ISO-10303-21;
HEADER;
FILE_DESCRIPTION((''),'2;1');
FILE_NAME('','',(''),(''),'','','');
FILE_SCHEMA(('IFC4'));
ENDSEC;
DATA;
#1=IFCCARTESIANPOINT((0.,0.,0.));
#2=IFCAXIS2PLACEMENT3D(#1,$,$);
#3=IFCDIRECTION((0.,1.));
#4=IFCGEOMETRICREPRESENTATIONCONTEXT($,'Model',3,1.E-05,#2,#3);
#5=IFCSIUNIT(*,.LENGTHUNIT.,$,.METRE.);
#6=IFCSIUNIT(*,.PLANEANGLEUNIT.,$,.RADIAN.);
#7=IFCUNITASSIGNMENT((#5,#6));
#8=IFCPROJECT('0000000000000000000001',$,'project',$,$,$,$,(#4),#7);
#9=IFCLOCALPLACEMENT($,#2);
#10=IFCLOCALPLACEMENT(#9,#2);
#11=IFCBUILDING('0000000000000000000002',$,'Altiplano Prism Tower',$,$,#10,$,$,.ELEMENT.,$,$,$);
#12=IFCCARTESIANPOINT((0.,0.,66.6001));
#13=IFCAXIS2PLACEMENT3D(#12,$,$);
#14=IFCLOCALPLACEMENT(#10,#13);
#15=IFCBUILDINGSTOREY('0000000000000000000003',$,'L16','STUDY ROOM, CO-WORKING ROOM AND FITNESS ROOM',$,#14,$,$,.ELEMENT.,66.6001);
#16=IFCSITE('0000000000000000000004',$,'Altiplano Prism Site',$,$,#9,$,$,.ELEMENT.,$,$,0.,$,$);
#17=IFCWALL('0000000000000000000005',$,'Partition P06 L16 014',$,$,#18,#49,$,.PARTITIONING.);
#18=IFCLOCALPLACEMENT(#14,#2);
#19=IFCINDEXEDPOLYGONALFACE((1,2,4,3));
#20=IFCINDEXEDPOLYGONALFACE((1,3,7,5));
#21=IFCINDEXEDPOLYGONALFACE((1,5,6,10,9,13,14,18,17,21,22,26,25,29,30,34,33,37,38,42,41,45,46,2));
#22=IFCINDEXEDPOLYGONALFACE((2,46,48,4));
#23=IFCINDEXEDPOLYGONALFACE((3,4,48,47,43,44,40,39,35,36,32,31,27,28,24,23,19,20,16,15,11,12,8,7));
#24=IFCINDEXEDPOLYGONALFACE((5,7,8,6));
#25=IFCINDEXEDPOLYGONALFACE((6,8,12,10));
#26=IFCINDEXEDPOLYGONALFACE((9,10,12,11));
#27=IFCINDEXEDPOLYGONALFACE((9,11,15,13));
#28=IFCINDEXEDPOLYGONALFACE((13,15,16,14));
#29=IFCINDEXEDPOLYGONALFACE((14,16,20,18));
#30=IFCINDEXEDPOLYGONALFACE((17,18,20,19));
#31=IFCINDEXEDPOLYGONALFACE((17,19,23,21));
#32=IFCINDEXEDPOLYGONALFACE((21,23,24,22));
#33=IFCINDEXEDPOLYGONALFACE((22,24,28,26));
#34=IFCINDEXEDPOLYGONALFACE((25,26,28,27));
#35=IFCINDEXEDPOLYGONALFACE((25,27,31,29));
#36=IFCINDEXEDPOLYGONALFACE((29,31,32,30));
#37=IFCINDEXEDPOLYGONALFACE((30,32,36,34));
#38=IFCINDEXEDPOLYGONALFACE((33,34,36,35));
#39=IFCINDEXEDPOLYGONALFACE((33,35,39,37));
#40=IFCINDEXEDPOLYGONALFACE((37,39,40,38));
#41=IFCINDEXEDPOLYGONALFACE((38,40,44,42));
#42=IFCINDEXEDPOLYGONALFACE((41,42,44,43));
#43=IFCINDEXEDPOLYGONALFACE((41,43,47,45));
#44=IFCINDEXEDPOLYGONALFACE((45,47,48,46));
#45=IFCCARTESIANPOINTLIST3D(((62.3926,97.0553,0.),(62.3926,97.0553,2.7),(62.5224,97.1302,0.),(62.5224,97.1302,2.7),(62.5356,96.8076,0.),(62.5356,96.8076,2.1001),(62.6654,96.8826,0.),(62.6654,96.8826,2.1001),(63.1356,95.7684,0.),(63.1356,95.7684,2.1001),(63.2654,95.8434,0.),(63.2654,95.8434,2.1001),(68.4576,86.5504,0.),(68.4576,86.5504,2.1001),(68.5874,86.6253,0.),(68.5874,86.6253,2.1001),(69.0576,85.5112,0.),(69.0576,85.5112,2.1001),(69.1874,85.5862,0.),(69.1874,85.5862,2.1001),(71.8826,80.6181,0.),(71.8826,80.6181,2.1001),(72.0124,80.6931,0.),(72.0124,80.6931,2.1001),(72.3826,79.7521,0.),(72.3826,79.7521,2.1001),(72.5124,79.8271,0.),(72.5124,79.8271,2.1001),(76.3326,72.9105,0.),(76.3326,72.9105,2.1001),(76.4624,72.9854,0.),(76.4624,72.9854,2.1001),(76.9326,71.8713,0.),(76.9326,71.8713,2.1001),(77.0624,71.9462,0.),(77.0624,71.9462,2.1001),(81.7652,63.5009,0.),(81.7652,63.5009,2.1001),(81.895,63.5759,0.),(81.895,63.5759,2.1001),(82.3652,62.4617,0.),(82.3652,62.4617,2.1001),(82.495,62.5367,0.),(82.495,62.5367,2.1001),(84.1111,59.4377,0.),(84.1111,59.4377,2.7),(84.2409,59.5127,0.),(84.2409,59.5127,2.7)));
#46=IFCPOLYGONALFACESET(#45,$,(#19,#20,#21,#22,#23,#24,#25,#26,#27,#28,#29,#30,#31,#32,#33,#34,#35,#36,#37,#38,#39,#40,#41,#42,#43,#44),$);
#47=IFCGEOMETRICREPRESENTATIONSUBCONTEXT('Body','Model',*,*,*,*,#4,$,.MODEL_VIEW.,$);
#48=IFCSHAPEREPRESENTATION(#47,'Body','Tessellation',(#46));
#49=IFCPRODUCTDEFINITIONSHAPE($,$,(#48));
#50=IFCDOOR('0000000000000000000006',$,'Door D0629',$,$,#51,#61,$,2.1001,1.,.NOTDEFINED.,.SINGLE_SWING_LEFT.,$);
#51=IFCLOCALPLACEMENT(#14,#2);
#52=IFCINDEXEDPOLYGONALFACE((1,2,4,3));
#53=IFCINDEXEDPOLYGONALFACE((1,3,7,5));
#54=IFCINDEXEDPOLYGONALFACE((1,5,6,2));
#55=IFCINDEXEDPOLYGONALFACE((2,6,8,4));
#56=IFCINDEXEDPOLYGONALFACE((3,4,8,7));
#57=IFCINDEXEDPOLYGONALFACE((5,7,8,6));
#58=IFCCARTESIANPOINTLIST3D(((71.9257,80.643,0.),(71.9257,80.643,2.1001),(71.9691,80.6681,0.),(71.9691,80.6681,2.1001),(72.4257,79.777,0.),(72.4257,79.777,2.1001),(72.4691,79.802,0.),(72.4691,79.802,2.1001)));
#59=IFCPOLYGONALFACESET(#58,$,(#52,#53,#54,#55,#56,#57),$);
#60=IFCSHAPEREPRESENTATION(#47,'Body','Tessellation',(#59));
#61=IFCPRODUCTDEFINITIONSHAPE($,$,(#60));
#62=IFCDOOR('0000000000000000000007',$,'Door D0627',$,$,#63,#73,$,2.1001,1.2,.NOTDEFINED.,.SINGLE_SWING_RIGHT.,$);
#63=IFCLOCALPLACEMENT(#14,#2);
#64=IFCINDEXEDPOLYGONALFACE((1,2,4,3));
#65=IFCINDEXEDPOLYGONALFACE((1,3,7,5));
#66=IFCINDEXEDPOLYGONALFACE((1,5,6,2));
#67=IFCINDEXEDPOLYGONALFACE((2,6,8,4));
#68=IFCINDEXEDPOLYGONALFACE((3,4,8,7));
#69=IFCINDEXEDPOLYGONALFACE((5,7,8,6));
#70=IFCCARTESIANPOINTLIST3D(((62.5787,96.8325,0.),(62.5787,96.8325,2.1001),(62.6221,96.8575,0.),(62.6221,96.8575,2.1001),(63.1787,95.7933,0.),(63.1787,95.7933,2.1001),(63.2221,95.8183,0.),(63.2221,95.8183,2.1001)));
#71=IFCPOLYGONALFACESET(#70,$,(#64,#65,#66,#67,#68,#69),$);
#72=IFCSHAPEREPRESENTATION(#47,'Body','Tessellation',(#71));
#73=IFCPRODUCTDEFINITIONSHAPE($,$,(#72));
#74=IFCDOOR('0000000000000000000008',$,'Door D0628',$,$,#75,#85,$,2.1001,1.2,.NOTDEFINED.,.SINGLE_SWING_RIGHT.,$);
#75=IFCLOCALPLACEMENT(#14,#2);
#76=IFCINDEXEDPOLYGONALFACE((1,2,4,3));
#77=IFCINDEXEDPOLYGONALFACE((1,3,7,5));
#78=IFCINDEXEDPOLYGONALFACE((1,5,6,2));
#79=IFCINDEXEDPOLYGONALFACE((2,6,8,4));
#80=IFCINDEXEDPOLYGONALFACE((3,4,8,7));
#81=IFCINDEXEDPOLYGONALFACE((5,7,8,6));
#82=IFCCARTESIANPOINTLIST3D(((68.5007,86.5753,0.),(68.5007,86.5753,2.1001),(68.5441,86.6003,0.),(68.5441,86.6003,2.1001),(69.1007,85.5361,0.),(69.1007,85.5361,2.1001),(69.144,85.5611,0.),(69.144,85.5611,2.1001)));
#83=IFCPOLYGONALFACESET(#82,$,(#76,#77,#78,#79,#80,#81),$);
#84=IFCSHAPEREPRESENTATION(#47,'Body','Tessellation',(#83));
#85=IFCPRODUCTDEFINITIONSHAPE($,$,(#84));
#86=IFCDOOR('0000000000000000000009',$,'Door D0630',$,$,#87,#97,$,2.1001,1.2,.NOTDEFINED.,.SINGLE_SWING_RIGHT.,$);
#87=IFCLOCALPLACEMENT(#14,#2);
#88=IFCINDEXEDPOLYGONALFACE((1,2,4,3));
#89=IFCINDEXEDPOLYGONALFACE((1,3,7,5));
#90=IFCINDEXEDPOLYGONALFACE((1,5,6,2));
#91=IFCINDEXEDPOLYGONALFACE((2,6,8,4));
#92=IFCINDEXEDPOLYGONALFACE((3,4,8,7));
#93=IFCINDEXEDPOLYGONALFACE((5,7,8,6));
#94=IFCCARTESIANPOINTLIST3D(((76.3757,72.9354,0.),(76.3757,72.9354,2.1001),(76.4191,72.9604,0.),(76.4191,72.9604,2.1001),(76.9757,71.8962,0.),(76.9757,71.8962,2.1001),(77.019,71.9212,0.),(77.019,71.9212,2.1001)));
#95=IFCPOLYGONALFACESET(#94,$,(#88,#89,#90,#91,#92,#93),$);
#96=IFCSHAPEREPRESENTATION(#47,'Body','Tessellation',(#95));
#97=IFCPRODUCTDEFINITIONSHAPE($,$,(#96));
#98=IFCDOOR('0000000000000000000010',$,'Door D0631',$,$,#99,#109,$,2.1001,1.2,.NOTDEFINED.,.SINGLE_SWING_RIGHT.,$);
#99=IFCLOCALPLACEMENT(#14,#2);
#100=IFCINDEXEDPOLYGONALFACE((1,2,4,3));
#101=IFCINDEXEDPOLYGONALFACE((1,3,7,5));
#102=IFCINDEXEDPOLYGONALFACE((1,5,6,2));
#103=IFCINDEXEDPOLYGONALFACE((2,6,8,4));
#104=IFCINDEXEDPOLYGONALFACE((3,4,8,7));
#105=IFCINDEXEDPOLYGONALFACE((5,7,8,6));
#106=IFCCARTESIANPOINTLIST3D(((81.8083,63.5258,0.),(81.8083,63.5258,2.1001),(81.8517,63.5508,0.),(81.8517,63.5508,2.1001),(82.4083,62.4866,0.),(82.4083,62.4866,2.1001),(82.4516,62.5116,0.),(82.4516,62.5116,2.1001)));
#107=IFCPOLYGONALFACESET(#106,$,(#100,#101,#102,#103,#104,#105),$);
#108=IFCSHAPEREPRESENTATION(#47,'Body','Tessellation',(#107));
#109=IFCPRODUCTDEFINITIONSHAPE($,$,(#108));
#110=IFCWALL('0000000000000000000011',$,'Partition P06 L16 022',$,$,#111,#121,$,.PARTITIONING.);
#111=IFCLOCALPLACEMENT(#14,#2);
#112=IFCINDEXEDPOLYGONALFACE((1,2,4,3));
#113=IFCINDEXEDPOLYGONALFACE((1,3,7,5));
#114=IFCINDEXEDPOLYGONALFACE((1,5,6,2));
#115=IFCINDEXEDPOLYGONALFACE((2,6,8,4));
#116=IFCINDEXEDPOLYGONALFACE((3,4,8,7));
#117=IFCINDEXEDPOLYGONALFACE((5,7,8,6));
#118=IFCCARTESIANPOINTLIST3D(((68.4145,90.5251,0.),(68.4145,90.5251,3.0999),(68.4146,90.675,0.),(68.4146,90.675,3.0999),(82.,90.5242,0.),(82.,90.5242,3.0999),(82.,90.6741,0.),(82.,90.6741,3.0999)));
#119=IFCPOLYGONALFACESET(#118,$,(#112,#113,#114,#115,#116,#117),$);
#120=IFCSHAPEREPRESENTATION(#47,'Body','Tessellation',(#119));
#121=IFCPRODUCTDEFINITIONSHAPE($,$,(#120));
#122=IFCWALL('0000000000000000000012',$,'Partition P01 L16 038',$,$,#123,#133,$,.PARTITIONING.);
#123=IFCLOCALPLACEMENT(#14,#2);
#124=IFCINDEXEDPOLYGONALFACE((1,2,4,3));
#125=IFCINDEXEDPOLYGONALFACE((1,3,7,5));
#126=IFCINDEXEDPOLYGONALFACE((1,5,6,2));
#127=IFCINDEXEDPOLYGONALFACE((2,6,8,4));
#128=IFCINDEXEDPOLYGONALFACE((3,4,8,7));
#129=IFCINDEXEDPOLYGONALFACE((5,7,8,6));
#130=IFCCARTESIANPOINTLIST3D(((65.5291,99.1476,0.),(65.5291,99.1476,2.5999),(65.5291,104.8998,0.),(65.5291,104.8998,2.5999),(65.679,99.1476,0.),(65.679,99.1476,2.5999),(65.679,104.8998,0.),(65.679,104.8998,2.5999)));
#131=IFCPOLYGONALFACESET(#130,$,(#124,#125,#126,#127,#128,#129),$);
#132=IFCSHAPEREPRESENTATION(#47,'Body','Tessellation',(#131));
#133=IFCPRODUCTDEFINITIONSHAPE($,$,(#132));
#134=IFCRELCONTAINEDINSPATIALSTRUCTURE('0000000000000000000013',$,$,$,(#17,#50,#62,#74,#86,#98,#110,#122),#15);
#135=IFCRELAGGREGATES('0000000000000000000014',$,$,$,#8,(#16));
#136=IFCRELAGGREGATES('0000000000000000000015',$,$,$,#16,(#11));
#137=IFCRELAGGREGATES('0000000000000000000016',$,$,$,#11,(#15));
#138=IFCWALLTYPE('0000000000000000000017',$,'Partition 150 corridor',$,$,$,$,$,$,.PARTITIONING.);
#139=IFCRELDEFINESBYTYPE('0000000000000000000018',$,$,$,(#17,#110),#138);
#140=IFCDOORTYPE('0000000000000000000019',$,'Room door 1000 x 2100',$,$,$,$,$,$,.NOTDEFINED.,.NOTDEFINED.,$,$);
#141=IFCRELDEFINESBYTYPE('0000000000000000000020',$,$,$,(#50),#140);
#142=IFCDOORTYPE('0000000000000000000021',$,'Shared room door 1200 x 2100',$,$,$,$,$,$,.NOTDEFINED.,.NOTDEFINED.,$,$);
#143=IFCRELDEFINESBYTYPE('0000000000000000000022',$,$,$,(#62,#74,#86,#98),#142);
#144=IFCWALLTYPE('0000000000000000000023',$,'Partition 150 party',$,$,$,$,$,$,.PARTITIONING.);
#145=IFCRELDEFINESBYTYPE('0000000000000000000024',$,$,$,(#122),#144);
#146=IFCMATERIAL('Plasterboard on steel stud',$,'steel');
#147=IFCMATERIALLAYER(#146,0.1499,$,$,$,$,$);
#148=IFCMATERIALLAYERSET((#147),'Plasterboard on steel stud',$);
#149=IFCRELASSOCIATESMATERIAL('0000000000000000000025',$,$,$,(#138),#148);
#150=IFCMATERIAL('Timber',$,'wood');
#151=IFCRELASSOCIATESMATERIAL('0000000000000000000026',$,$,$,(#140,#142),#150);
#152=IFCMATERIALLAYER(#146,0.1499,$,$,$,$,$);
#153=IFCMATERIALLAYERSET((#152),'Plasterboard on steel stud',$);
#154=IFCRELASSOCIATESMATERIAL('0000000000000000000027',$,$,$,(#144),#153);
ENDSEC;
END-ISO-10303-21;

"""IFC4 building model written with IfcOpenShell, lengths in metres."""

from ifc_helpers import new_model, si_unit, direction, frame, frame_2d, origin, place, context, subcontext, project, spatial, rectangle, extrude, material, layer, layer_set, type_object, element, fill, save


model = new_model("IFC4")

# Units and contexts
model_context = context("Model", 3, precision=1e-05, world=origin(), true_north=direction((0.0, 1.0)))
body_context = subcontext(model_context, "Body", "Model", "MODEL_VIEW")
ifc_project = project(units=[si_unit("LENGTHUNIT", "METRE"), si_unit("PLANEANGLEUNIT", "RADIAN")], contexts=[model_context])

# Site, building, storey
site_placement = place(None, origin())
site = spatial("IfcSite", under=ifc_project, at=site_placement, Name="Altiplano Prism Site", CompositionType="ELEMENT", RefElevation=0.0)
building_placement = place(site_placement, origin())
building = spatial("IfcBuilding", under=site, at=building_placement, Name="Altiplano Prism Tower", CompositionType="ELEMENT")
storey_placement = place(building_placement, frame((0.0, 0.0, 66.6001)))
storey = spatial("IfcBuildingStorey", under=building, at=storey_placement, Name="L16", Description="STUDY ROOM, CO-WORKING ROOM AND FITNESS ROOM", CompositionType="ELEMENT", Elevation=66.6001)

# Shared definitions
ifc_material_1 = material(Name="Plasterboard on steel stud", Category="steel")
ifc_layer_1 = layer(ifc_material_1, 0.1499)
ifc_layer_set_1 = layer_set([ifc_layer_1], Name="Plasterboard on steel stud")
wall_type_1 = type_object("IfcWallType", Name="Partition 150 corridor", PredefinedType="PARTITIONING", material=ifc_layer_set_1)

# Shared definitions
ifc_material_2 = material(Name="Timber", Category="wood")

# Wall, openings, doors
wall_1_placement = place(storey_placement, frame((62.4575, 97.0928, 0.0), z_axis=(0.0, 0.0, 1.0), x_axis=(0.499999, -0.866026, 0.0)))
wall_1 = element("IfcWall", 1, at=wall_1_placement, inside=storey, type_object=wall_type_1, Name="Partition P06 L16 014", PredefinedType="PARTITIONING", context=body_context, shape_type="SweptSolid", body=[
    extrude(rectangle(XDim=43.437, YDim=0.1499, at=frame_2d((21.7185, 0.0))), origin(), (0.0, 0.0, 1.0), 2.7),
])
opening_1_placement = place(wall_1_placement, frame((0.2859, 0.0, 0.0)))
opening_1 = element("IfcOpeningElement", 2, at=opening_1_placement, cuts=wall_1, PredefinedType="OPENING", context=body_context, shape_type="SweptSolid", body=[
    extrude(rectangle(XDim=1.2, YDim=2.1001, at=frame_2d((0.6001, 1.05))), frame((0.0, 0.0854, 0.0), z_axis=(0.0, -1.0, 0.0), x_axis=(1.0, 0.0, 0.0)), (0.0, 0.0, 1.0), 0.1709),
])
opening_2_placement = place(wall_1_placement, frame((12.1299, 0.0, 0.0)))
opening_2 = element("IfcOpeningElement", 3, at=opening_2_placement, cuts=wall_1, PredefinedType="OPENING", context=body_context, shape_type="SweptSolid", body=[
    extrude(rectangle(XDim=1.2, YDim=2.1001, at=frame_2d((0.6001, 1.05))), frame((0.0, 0.0854, 0.0), z_axis=(0.0, -1.0, 0.0), x_axis=(1.0, 0.0, 0.0)), (0.0, 0.0, 1.0), 0.1709),
])
opening_3_placement = place(wall_1_placement, frame((18.98, 0.0, 0.0)))
opening_3 = element("IfcOpeningElement", 4, at=opening_3_placement, cuts=wall_1, PredefinedType="OPENING", context=body_context, shape_type="SweptSolid", body=[
    extrude(rectangle(XDim=1.0, YDim=2.1001, at=frame_2d((0.5, 1.05))), frame((0.0, 0.0854, 0.0), z_axis=(0.0, -1.0, 0.0), x_axis=(1.0, 0.0, 0.0)), (0.0, 0.0, 1.0), 0.1709),
])
opening_4_placement = place(wall_1_placement, frame((27.8799, 0.0, 0.0)))
opening_4 = element("IfcOpeningElement", 5, at=opening_4_placement, cuts=wall_1, PredefinedType="OPENING", context=body_context, shape_type="SweptSolid", body=[
    extrude(rectangle(XDim=1.2, YDim=2.1001, at=frame_2d((0.6001, 1.05))), frame((0.0, 0.0854, 0.0), z_axis=(0.0, -1.0, 0.0), x_axis=(1.0, 0.0, 0.0)), (0.0, 0.0, 1.0), 0.1709),
])
opening_5_placement = place(wall_1_placement, frame((38.7451, 0.0, 0.0)))
opening_5 = element("IfcOpeningElement", 6, at=opening_5_placement, cuts=wall_1, PredefinedType="OPENING", context=body_context, shape_type="SweptSolid", body=[
    extrude(rectangle(XDim=1.2, YDim=2.1001, at=frame_2d((0.6001, 1.05))), frame((0.0, 0.0854, 0.0), z_axis=(0.0, -1.0, 0.0), x_axis=(1.0, 0.0, 0.0)), (0.0, 0.0, 1.0), 0.1709),
])
door_type_1 = type_object("IfcDoorType", Name="Room door 1000 x 2100", OperationType="NOTDEFINED", PredefinedType="NOTDEFINED", material=ifc_material_2)
door_1_placement = place(opening_3_placement, origin())
door_1 = element("IfcDoor", 7, at=door_1_placement, inside=storey, type_object=door_type_1, Name="Door D0629", OperationType="SINGLE_SWING_LEFT", OverallHeight=2.1001, OverallWidth=1.0, PredefinedType="NOTDEFINED", context=body_context, shape_type="SweptSolid", body=[
    extrude(rectangle(XDim=1.0, YDim=2.1001, at=frame_2d((0.5, 1.05))), frame((0.0, 0.0249, 0.0), z_axis=(0.0, -1.0, 0.0), x_axis=(1.0, 0.0, 0.0)), (0.0, 0.0, 1.0), 0.05),
])
fill(opening_3, door_1)
door_type_2 = type_object("IfcDoorType", Name="Shared room door 1200 x 2100", OperationType="NOTDEFINED", PredefinedType="NOTDEFINED", material=ifc_material_2)
door_2_placement = place(opening_1_placement, origin())
door_2 = element("IfcDoor", 8, at=door_2_placement, inside=storey, type_object=door_type_2, Name="Door D0627", OperationType="SINGLE_SWING_RIGHT", OverallHeight=2.1001, OverallWidth=1.2, PredefinedType="NOTDEFINED", context=body_context, shape_type="SweptSolid", body=[
    extrude(rectangle(XDim=1.2, YDim=2.1001, at=frame_2d((0.6001, 1.05))), frame((0.0, 0.0249, 0.0), z_axis=(0.0, -1.0, 0.0), x_axis=(1.0, 0.0, 0.0)), (0.0, 0.0, 1.0), 0.05),
])
fill(opening_1, door_2)
door_3_placement = place(opening_2_placement, origin())
door_3 = element("IfcDoor", 9, at=door_3_placement, inside=storey, type_object=door_type_2, Name="Door D0628", OperationType="SINGLE_SWING_RIGHT", OverallHeight=2.1001, OverallWidth=1.2, PredefinedType="NOTDEFINED", context=body_context, shape_type="SweptSolid", body=[
    extrude(rectangle(XDim=1.2, YDim=2.1001, at=frame_2d((0.6001, 1.05))), frame((0.0, 0.0249, 0.0), z_axis=(0.0, -1.0, 0.0), x_axis=(1.0, 0.0, 0.0)), (0.0, 0.0, 1.0), 0.05),
])
fill(opening_2, door_3)
door_4_placement = place(opening_4_placement, origin())
door_4 = element("IfcDoor", 10, at=door_4_placement, inside=storey, type_object=door_type_2, Name="Door D0630", OperationType="SINGLE_SWING_RIGHT", OverallHeight=2.1001, OverallWidth=1.2, PredefinedType="NOTDEFINED", context=body_context, shape_type="SweptSolid", body=[
    extrude(rectangle(XDim=1.2, YDim=2.1001, at=frame_2d((0.6001, 1.05))), frame((0.0, 0.0249, 0.0), z_axis=(0.0, -1.0, 0.0), x_axis=(1.0, 0.0, 0.0)), (0.0, 0.0, 1.0), 0.05),
])
fill(opening_4, door_4)
door_5_placement = place(opening_5_placement, origin())
door_5 = element("IfcDoor", 11, at=door_5_placement, inside=storey, type_object=door_type_2, Name="Door D0631", OperationType="SINGLE_SWING_RIGHT", OverallHeight=2.1001, OverallWidth=1.2, PredefinedType="NOTDEFINED", context=body_context, shape_type="SweptSolid", body=[
    extrude(rectangle(XDim=1.2, YDim=2.1001, at=frame_2d((0.6001, 1.05))), frame((0.0, 0.0249, 0.0), z_axis=(0.0, -1.0, 0.0), x_axis=(1.0, 0.0, 0.0)), (0.0, 0.0, 1.0), 0.05),
])
fill(opening_5, door_5)

# Walls
wall_2_placement = place(storey_placement, frame((68.4146, 90.6001, 0.0), z_axis=(0.0, 0.0, 1.0), x_axis=(1.0, -0.000072, 0.0)))
element("IfcWall", 12, at=wall_2_placement, inside=storey, type_object=wall_type_1, Name="Partition P06 L16 022", PredefinedType="PARTITIONING", context=body_context, shape_type="SweptSolid", body=[
    extrude(rectangle(XDim=13.5854, YDim=0.1499, at=frame_2d((6.7927, 0.0))), origin(), (0.0, 0.0, 1.0), 3.0999),
])
ifc_layer_2 = layer(ifc_material_1, 0.1499)
ifc_layer_set_2 = layer_set([ifc_layer_2], Name="Plasterboard on steel stud")
wall_type_2 = type_object("IfcWallType", Name="Partition 150 party", PredefinedType="PARTITIONING", material=ifc_layer_set_2)
wall_3_placement = place(storey_placement, frame((65.604, 99.1477, 0.0), z_axis=(0.0, 0.0, 1.0), x_axis=(0.0, 1.0, 0.0)))
element("IfcWall", 13, at=wall_3_placement, inside=storey, type_object=wall_type_2, Name="Partition P01 L16 038", PredefinedType="PARTITIONING", context=body_context, shape_type="SweptSolid", body=[
    extrude(rectangle(XDim=5.7522, YDim=0.1499, at=frame_2d((2.876, 0.0))), origin(), (0.0, 0.0, 1.0), 2.5999),
])

save(model, "model.ifc")
